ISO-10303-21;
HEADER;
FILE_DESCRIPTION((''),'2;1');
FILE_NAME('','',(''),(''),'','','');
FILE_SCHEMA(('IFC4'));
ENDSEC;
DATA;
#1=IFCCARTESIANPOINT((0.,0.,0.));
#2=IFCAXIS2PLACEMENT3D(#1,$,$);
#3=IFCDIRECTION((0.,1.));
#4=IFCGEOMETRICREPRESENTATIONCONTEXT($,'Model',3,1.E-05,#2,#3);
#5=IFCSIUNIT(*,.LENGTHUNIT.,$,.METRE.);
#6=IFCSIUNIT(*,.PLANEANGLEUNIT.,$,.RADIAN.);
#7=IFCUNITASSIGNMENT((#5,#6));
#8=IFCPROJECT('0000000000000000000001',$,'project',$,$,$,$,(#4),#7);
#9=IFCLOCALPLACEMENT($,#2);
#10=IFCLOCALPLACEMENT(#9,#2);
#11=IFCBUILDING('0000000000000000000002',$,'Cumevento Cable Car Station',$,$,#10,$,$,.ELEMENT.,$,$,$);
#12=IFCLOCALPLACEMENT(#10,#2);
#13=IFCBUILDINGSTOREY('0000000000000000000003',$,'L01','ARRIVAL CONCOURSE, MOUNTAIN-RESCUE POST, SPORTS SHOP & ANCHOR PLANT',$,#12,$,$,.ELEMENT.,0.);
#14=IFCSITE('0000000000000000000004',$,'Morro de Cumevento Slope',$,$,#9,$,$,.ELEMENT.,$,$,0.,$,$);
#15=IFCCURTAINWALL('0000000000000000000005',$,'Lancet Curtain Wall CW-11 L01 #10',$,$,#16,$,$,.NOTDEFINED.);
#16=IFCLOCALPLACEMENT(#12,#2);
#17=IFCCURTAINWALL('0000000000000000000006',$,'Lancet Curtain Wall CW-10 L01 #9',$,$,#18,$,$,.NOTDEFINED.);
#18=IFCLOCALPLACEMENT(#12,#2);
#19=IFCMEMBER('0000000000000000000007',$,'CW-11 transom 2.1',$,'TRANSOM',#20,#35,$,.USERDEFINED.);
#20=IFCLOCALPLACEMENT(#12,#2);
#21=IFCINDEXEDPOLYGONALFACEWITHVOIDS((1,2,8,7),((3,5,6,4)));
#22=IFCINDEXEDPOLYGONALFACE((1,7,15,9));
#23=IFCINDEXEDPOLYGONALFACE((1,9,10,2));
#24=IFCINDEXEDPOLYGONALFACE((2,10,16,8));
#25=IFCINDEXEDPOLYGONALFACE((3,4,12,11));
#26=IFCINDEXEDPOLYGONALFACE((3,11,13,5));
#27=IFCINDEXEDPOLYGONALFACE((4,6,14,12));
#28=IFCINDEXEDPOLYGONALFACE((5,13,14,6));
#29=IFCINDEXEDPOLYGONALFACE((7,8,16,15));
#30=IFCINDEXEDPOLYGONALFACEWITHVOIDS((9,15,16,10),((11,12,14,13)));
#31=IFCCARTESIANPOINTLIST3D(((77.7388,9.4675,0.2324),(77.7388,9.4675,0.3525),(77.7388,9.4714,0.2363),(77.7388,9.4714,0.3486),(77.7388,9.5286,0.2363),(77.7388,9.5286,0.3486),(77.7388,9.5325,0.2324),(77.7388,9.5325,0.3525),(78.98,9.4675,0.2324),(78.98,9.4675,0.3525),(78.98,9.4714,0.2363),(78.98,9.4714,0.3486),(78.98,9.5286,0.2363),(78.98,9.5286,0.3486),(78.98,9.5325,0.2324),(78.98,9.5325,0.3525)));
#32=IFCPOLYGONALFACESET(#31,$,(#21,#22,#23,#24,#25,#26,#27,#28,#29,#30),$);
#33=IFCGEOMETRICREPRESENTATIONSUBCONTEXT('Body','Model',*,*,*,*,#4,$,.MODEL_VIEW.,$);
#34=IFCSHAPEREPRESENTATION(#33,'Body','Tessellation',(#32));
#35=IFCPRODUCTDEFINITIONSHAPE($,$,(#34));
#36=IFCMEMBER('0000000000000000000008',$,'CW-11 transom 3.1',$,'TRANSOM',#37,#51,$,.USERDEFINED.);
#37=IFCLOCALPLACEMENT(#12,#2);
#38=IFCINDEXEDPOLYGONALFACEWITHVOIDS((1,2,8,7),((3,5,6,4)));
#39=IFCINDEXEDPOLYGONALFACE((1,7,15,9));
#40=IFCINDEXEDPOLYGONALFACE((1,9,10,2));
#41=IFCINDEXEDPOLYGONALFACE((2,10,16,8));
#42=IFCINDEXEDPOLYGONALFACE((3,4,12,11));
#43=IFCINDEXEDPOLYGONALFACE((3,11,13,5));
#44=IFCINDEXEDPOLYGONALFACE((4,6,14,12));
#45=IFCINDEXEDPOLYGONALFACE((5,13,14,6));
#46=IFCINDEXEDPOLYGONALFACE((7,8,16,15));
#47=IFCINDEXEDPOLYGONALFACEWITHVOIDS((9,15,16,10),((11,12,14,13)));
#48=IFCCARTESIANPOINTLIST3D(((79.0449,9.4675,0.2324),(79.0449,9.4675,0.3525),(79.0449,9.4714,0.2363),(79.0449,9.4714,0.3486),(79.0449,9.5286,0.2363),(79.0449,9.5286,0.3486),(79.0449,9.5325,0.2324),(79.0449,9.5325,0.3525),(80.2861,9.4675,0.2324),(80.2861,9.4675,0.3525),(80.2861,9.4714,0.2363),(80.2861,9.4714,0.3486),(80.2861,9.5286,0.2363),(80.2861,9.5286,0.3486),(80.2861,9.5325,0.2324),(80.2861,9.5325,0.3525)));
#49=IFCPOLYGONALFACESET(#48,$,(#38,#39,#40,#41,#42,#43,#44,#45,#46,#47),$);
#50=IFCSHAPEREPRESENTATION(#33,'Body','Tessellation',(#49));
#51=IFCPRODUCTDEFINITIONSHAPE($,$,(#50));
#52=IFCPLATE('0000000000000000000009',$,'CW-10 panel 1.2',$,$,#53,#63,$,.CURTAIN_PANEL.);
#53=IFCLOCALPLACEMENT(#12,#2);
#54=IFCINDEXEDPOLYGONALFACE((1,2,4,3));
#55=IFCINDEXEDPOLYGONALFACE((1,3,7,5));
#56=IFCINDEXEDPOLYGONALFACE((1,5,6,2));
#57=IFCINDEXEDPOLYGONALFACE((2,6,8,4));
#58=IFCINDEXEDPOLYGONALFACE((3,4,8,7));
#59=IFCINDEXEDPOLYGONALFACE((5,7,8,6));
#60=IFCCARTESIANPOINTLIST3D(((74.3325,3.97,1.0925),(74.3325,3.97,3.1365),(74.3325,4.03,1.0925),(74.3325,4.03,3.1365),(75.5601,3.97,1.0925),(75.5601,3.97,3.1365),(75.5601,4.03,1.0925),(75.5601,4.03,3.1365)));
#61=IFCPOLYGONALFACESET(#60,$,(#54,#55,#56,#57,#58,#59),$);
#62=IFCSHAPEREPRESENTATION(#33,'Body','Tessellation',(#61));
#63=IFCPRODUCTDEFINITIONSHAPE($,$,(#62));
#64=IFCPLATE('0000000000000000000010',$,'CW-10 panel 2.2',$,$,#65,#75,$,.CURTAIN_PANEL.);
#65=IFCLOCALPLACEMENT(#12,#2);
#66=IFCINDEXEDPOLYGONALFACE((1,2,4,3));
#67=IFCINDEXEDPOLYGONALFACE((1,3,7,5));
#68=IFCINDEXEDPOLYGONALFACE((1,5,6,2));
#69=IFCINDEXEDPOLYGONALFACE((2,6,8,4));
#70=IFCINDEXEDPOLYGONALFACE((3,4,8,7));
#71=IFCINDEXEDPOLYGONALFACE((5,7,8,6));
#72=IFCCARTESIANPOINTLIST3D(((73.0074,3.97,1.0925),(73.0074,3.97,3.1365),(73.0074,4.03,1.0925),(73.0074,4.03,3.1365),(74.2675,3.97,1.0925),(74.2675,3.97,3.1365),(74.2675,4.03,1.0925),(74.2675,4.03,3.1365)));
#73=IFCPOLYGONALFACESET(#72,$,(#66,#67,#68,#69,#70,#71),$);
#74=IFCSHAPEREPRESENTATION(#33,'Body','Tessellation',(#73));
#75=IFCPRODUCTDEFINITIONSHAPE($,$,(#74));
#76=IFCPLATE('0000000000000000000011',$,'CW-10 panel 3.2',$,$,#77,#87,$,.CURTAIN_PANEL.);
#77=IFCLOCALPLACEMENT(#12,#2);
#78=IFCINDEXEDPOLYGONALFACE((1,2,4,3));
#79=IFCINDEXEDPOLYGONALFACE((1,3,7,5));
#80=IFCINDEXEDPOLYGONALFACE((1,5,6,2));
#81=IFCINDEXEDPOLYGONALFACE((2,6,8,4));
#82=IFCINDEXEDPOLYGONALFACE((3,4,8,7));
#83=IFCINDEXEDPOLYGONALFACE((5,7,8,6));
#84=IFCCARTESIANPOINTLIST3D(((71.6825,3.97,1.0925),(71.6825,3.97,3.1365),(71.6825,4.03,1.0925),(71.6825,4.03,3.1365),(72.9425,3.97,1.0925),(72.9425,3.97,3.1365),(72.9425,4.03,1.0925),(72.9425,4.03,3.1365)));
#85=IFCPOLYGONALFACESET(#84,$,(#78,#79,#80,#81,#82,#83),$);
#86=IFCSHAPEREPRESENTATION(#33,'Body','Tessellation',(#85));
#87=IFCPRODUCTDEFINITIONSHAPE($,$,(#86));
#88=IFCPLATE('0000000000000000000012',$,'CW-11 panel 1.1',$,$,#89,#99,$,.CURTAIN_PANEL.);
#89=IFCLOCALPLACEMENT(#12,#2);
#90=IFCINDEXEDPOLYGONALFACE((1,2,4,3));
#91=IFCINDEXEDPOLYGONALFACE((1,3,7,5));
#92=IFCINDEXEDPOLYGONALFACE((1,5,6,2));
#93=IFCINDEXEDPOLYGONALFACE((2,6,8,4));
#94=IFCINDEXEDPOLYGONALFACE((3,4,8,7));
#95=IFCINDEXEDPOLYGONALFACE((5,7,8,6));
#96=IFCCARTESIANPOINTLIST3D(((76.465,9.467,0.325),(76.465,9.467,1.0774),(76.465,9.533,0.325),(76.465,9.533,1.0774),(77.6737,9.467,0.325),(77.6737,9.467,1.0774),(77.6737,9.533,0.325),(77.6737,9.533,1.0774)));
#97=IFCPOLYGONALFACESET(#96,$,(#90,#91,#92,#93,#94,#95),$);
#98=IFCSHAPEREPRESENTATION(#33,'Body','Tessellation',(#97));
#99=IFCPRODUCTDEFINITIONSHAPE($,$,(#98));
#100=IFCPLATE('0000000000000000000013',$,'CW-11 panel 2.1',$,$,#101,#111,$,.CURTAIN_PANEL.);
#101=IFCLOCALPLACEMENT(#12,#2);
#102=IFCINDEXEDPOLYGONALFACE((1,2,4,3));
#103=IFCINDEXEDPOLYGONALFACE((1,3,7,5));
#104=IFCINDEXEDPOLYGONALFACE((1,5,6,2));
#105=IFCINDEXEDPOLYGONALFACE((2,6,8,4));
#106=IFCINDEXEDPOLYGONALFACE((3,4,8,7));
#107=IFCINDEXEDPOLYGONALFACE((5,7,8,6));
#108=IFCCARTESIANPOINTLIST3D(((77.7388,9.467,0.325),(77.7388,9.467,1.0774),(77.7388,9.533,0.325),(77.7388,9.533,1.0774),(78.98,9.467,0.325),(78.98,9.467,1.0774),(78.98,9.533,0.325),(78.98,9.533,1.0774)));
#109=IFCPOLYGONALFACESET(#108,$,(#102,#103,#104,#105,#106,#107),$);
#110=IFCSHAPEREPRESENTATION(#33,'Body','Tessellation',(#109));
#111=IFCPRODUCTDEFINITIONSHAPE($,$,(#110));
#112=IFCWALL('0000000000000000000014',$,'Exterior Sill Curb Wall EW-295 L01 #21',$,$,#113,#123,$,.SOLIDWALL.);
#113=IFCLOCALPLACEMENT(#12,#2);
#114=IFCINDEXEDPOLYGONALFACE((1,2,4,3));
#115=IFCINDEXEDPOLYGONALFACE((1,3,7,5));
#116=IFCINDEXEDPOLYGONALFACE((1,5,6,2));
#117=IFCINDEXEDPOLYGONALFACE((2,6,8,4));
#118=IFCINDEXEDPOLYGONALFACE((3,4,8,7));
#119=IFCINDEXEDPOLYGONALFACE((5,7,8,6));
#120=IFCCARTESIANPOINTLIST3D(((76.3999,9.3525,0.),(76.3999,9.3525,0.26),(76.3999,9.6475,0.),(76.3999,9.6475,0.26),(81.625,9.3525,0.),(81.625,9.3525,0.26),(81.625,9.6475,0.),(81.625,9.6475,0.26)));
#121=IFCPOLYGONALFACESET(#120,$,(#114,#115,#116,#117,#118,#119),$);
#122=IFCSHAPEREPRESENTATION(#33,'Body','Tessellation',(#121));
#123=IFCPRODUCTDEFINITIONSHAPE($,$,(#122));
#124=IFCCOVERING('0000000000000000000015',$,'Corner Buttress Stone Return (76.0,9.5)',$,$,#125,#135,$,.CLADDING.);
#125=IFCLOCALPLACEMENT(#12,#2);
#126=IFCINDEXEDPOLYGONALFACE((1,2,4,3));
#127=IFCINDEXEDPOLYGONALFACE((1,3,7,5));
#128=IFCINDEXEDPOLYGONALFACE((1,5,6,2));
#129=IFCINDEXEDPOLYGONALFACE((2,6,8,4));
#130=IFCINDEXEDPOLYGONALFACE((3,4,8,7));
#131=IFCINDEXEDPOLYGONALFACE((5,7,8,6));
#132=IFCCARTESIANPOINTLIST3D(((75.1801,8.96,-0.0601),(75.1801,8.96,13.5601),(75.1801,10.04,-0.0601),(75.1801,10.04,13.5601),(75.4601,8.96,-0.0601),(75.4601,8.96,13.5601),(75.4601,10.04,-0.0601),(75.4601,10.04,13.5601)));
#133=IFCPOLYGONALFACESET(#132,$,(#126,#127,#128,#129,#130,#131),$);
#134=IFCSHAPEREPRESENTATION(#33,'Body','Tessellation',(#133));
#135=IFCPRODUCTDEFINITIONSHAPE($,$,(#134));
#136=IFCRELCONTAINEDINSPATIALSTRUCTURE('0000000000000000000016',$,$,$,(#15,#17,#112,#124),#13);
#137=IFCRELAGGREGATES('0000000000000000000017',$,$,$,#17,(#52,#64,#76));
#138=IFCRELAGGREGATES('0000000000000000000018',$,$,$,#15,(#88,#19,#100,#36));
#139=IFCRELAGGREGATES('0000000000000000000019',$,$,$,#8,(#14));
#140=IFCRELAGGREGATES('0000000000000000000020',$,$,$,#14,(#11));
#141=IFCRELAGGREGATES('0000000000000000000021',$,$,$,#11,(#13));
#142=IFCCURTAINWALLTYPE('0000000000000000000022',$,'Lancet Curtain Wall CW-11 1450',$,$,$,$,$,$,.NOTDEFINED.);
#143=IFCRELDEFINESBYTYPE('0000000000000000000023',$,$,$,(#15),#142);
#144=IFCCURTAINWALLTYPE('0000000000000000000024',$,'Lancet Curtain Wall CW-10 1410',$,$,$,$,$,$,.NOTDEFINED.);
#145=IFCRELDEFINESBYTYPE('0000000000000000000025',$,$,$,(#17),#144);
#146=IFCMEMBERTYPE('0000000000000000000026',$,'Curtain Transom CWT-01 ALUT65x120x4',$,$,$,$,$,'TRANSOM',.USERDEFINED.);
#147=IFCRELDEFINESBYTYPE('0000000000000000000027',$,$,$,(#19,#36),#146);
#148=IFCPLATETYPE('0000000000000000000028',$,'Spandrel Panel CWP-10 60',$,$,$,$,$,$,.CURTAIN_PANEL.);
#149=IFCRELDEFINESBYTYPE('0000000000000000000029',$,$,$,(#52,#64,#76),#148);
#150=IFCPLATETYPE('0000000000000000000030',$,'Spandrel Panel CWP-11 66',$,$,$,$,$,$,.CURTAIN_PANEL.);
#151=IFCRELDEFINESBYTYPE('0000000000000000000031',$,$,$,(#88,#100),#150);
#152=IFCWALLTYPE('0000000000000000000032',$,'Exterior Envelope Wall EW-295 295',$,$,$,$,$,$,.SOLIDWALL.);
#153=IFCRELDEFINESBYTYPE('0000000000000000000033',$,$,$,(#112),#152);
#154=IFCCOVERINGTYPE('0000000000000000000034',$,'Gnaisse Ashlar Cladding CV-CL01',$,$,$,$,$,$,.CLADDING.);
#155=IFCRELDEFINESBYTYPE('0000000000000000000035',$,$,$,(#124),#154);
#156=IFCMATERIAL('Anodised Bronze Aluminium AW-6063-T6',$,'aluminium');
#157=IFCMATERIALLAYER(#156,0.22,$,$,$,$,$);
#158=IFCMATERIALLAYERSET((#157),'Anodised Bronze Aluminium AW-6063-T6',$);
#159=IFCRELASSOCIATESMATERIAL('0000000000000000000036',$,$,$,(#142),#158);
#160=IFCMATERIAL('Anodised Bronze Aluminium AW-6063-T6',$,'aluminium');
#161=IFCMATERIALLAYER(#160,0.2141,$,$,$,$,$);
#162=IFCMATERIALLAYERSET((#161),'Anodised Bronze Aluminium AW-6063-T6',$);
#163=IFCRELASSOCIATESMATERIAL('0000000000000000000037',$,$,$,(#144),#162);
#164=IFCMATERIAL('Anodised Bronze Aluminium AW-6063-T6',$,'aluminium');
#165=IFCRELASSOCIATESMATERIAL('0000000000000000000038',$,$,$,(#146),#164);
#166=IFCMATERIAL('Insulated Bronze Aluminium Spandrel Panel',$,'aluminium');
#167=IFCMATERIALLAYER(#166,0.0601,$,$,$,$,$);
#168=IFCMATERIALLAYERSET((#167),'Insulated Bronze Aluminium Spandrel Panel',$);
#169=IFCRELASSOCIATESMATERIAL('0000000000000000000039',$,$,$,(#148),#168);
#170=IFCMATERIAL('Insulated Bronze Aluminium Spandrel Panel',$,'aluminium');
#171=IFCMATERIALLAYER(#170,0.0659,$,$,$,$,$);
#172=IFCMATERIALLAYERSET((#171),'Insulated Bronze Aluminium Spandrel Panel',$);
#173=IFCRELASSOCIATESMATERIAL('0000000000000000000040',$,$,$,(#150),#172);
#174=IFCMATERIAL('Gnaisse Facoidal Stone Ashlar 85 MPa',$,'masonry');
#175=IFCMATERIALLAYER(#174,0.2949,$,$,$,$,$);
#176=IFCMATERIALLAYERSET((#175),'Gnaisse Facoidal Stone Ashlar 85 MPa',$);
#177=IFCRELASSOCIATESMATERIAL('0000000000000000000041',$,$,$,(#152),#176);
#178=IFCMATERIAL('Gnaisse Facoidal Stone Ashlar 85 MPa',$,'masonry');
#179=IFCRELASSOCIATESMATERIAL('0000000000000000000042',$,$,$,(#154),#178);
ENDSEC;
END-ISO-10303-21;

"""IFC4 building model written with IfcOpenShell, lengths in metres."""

from ifc_helpers import new_model, si_unit, direction, frame, frame_2d, origin, origin_2d, place, context, subcontext, project, spatial, rectangle, hollow_rectangle, extrude, material, layer, layer_set, material_profile, profile_set, type_object, element, aggregate, save


model = new_model("IFC4")

# Units and contexts
model_context = context("Model", 3, precision=1e-05, world=origin(), true_north=direction((0.0, 1.0)))
body_context = subcontext(model_context, "Body", "Model", "MODEL_VIEW")
ifc_project = project(units=[si_unit("LENGTHUNIT", "METRE"), si_unit("PLANEANGLEUNIT", "RADIAN")], contexts=[model_context])

# Site, building, storey
site_placement = place(None, origin())
site = spatial("IfcSite", under=ifc_project, at=site_placement, Name="Morro de Cumevento Slope", CompositionType="ELEMENT", RefElevation=0.0)
building_placement = place(site_placement, origin())
building = spatial("IfcBuilding", under=site, at=building_placement, Name="Cumevento Cable Car Station", CompositionType="ELEMENT")
storey_placement = place(building_placement, origin())
storey = spatial("IfcBuildingStorey", under=building, at=storey_placement, Name="L01", Description="ARRIVAL CONCOURSE, MOUNTAIN-RESCUE POST, SPORTS SHOP & ANCHOR PLANT", CompositionType="ELEMENT", Elevation=0.0)

# Curtain walls
ifc_material_1 = material(Name="Anodised Bronze Aluminium AW-6063-T6", Category="aluminium")
ifc_layer_1 = layer(ifc_material_1, 0.22)
ifc_layer_set_1 = layer_set([ifc_layer_1], Name="Anodised Bronze Aluminium AW-6063-T6")
curtain_wall_type_1 = type_object("IfcCurtainWallType", Name="Lancet Curtain Wall CW-11 1450", PredefinedType="NOTDEFINED", material=ifc_layer_set_1)
curtain_wall_1_placement = place(storey_placement, origin())
curtain_wall_1 = element("IfcCurtainWall", 1, at=curtain_wall_1_placement, inside=storey, type_object=curtain_wall_type_1, Name="Lancet Curtain Wall CW-11 L01 #10", PredefinedType="NOTDEFINED")
ifc_material_2 = material(Name="Anodised Bronze Aluminium AW-6063-T6", Category="aluminium")
ifc_layer_2 = layer(ifc_material_2, 0.2141)
ifc_layer_set_2 = layer_set([ifc_layer_2], Name="Anodised Bronze Aluminium AW-6063-T6")
curtain_wall_type_2 = type_object("IfcCurtainWallType", Name="Lancet Curtain Wall CW-10 1410", PredefinedType="NOTDEFINED", material=ifc_layer_set_2)
curtain_wall_2_placement = place(storey_placement, origin())
curtain_wall_2 = element("IfcCurtainWall", 2, at=curtain_wall_2_placement, inside=storey, type_object=curtain_wall_type_2, Name="Lancet Curtain Wall CW-10 L01 #9", PredefinedType="NOTDEFINED")
ifc_material_3 = material(Name="Anodised Bronze Aluminium AW-6063-T6", Category="aluminium")
ifc_material_profile_1 = material_profile(ifc_material_3, hollow_rectangle(XDim=0.0649, YDim=0.1201, WallThickness=0.0039, at=origin_2d()), Name="ALUT65x120x4")
ifc_profile_set_1 = profile_set([ifc_material_profile_1], Name="Anodised Bronze Aluminium AW-6063-T6")
member_type_1 = type_object("IfcMemberType", Name="Curtain Transom CWT-01 ALUT65x120x4", ElementType="TRANSOM", PredefinedType="USERDEFINED", material=ifc_profile_set_1)

# Members
member_1_placement = place(storey_placement, frame((77.7388, 9.5, 0.2925), z_axis=(1.0, 0.0, 0.0), x_axis=(0.0, 1.0, 0.0)))
member_1 = element("IfcMember", 3, at=member_1_placement, type_object=member_type_1, Name="CW-11 transom 2.1", ObjectType="TRANSOM", PredefinedType="USERDEFINED", context=body_context, shape_type="SweptSolid", body=[
    extrude(hollow_rectangle(XDim=0.0649, YDim=0.1201, WallThickness=0.0039, at=origin_2d()), origin(), (0.0, 0.0, 1.0), 1.2412),
])
member_2_placement = place(storey_placement, frame((79.0449, 9.5, 0.2925), z_axis=(1.0, 0.0, 0.0), x_axis=(0.0, 1.0, 0.0)))
member_2 = element("IfcMember", 4, at=member_2_placement, type_object=member_type_1, Name="CW-11 transom 3.1", ObjectType="TRANSOM", PredefinedType="USERDEFINED", context=body_context, shape_type="SweptSolid", body=[
    extrude(hollow_rectangle(XDim=0.0649, YDim=0.1201, WallThickness=0.0039, at=origin_2d()), origin(), (0.0, 0.0, 1.0), 1.2412),
])

# Plates
ifc_material_4 = material(Name="Insulated Bronze Aluminium Spandrel Panel", Category="aluminium")
ifc_layer_3 = layer(ifc_material_4, 0.0601)
ifc_layer_set_3 = layer_set([ifc_layer_3], Name="Insulated Bronze Aluminium Spandrel Panel")
plate_type_1 = type_object("IfcPlateType", Name="Spandrel Panel CWP-10 60", PredefinedType="CURTAIN_PANEL", material=ifc_layer_set_3)
plate_1_placement = place(storey_placement, frame((74.9463, 4.0, 1.0925), z_axis=(0.0, 0.0, 1.0), x_axis=(-1.0, 0.0, 0.0)))
plate_1 = element("IfcPlate", 5, at=plate_1_placement, type_object=plate_type_1, Name="CW-10 panel 1.2", PredefinedType="CURTAIN_PANEL", context=body_context, shape_type="SweptSolid", body=[
    extrude(rectangle(XDim=1.2275, YDim=0.0601, at=origin_2d()), origin(), (0.0, 0.0, 1.0), 2.0439),
])
plate_2_placement = place(storey_placement, frame((73.6375, 4.0, 1.0925), z_axis=(0.0, 0.0, 1.0), x_axis=(-1.0, 0.0, 0.0)))
plate_2 = element("IfcPlate", 6, at=plate_2_placement, type_object=plate_type_1, Name="CW-10 panel 2.2", PredefinedType="CURTAIN_PANEL", context=body_context, shape_type="SweptSolid", body=[
    extrude(rectangle(XDim=1.26, YDim=0.0601, at=origin_2d()), origin(), (0.0, 0.0, 1.0), 2.0439),
])
plate_3_placement = place(storey_placement, frame((72.3125, 4.0, 1.0925), z_axis=(0.0, 0.0, 1.0), x_axis=(-1.0, 0.0, 0.0)))
plate_3 = element("IfcPlate", 7, at=plate_3_placement, type_object=plate_type_1, Name="CW-10 panel 3.2", PredefinedType="CURTAIN_PANEL", context=body_context, shape_type="SweptSolid", body=[
    extrude(rectangle(XDim=1.26, YDim=0.0601, at=origin_2d()), origin(), (0.0, 0.0, 1.0), 2.0439),
])
aggregate(curtain_wall_2, [plate_1, plate_2, plate_3])
ifc_material_5 = material(Name="Insulated Bronze Aluminium Spandrel Panel", Category="aluminium")
ifc_layer_4 = layer(ifc_material_5, 0.0659)
ifc_layer_set_4 = layer_set([ifc_layer_4], Name="Insulated Bronze Aluminium Spandrel Panel")
plate_type_2 = type_object("IfcPlateType", Name="Spandrel Panel CWP-11 66", PredefinedType="CURTAIN_PANEL", material=ifc_layer_set_4)
plate_4_placement = place(storey_placement, frame((77.0693, 9.5, 0.325), z_axis=(0.0, 0.0, 1.0), x_axis=(1.0, 0.0, 0.0)))
plate_4 = element("IfcPlate", 8, at=plate_4_placement, type_object=plate_type_2, Name="CW-11 panel 1.1", PredefinedType="CURTAIN_PANEL", context=body_context, shape_type="SweptSolid", body=[
    extrude(rectangle(XDim=1.2087, YDim=0.0659, at=origin_2d()), origin(), (0.0, 0.0, 1.0), 0.7524),
])
plate_5_placement = place(storey_placement, frame((78.3594, 9.5, 0.325), z_axis=(0.0, 0.0, 1.0), x_axis=(1.0, 0.0, 0.0)))
plate_5 = element("IfcPlate", 9, at=plate_5_placement, type_object=plate_type_2, Name="CW-11 panel 2.1", PredefinedType="CURTAIN_PANEL", context=body_context, shape_type="SweptSolid", body=[
    extrude(rectangle(XDim=1.2412, YDim=0.0659, at=origin_2d()), origin(), (0.0, 0.0, 1.0), 0.7524),
])
aggregate(curtain_wall_1, [plate_4, member_1, plate_5, member_2])

# Wall
ifc_material_6 = material(Name="Gnaisse Facoidal Stone Ashlar 85 MPa", Category="masonry")
ifc_layer_5 = layer(ifc_material_6, 0.2949)
ifc_layer_set_5 = layer_set([ifc_layer_5], Name="Gnaisse Facoidal Stone Ashlar 85 MPa")
wall_type = type_object("IfcWallType", Name="Exterior Envelope Wall EW-295 295", PredefinedType="SOLIDWALL", material=ifc_layer_set_5)
wall_placement = place(storey_placement, frame((76.3999, 9.5, 0.0), z_axis=(0.0, 0.0, 1.0), x_axis=(1.0, 0.0, 0.0)))
element("IfcWall", 10, at=wall_placement, inside=storey, type_object=wall_type, Name="Exterior Sill Curb Wall EW-295 L01 #21", PredefinedType="SOLIDWALL", context=body_context, shape_type="SweptSolid", body=[
    extrude(rectangle(XDim=5.2251, YDim=0.2949, at=frame_2d((2.6125, 0.0))), origin(), (0.0, 0.0, 1.0), 0.26),
])

# Covering
ifc_material_7 = material(Name="Gnaisse Facoidal Stone Ashlar 85 MPa", Category="masonry")
covering_type = type_object("IfcCoveringType", Name="Gnaisse Ashlar Cladding CV-CL01", PredefinedType="CLADDING", material=ifc_material_7)
covering_1_placement = place(storey_placement, frame((75.3201, 9.5, -0.0601), z_axis=(0.0, 0.0, 1.0), x_axis=(1.0, 0.0, 0.0)))
element("IfcCovering", 11, at=covering_1_placement, inside=storey, type_object=covering_type, Name="Corner Buttress Stone Return (76.0,9.5)", PredefinedType="CLADDING", context=body_context, shape_type="SweptSolid", body=[
    extrude(rectangle(XDim=0.28, YDim=1.0801, at=origin_2d()), origin(), (0.0, 0.0, 1.0), 13.6201),
])

save(model, "model.ifc")
